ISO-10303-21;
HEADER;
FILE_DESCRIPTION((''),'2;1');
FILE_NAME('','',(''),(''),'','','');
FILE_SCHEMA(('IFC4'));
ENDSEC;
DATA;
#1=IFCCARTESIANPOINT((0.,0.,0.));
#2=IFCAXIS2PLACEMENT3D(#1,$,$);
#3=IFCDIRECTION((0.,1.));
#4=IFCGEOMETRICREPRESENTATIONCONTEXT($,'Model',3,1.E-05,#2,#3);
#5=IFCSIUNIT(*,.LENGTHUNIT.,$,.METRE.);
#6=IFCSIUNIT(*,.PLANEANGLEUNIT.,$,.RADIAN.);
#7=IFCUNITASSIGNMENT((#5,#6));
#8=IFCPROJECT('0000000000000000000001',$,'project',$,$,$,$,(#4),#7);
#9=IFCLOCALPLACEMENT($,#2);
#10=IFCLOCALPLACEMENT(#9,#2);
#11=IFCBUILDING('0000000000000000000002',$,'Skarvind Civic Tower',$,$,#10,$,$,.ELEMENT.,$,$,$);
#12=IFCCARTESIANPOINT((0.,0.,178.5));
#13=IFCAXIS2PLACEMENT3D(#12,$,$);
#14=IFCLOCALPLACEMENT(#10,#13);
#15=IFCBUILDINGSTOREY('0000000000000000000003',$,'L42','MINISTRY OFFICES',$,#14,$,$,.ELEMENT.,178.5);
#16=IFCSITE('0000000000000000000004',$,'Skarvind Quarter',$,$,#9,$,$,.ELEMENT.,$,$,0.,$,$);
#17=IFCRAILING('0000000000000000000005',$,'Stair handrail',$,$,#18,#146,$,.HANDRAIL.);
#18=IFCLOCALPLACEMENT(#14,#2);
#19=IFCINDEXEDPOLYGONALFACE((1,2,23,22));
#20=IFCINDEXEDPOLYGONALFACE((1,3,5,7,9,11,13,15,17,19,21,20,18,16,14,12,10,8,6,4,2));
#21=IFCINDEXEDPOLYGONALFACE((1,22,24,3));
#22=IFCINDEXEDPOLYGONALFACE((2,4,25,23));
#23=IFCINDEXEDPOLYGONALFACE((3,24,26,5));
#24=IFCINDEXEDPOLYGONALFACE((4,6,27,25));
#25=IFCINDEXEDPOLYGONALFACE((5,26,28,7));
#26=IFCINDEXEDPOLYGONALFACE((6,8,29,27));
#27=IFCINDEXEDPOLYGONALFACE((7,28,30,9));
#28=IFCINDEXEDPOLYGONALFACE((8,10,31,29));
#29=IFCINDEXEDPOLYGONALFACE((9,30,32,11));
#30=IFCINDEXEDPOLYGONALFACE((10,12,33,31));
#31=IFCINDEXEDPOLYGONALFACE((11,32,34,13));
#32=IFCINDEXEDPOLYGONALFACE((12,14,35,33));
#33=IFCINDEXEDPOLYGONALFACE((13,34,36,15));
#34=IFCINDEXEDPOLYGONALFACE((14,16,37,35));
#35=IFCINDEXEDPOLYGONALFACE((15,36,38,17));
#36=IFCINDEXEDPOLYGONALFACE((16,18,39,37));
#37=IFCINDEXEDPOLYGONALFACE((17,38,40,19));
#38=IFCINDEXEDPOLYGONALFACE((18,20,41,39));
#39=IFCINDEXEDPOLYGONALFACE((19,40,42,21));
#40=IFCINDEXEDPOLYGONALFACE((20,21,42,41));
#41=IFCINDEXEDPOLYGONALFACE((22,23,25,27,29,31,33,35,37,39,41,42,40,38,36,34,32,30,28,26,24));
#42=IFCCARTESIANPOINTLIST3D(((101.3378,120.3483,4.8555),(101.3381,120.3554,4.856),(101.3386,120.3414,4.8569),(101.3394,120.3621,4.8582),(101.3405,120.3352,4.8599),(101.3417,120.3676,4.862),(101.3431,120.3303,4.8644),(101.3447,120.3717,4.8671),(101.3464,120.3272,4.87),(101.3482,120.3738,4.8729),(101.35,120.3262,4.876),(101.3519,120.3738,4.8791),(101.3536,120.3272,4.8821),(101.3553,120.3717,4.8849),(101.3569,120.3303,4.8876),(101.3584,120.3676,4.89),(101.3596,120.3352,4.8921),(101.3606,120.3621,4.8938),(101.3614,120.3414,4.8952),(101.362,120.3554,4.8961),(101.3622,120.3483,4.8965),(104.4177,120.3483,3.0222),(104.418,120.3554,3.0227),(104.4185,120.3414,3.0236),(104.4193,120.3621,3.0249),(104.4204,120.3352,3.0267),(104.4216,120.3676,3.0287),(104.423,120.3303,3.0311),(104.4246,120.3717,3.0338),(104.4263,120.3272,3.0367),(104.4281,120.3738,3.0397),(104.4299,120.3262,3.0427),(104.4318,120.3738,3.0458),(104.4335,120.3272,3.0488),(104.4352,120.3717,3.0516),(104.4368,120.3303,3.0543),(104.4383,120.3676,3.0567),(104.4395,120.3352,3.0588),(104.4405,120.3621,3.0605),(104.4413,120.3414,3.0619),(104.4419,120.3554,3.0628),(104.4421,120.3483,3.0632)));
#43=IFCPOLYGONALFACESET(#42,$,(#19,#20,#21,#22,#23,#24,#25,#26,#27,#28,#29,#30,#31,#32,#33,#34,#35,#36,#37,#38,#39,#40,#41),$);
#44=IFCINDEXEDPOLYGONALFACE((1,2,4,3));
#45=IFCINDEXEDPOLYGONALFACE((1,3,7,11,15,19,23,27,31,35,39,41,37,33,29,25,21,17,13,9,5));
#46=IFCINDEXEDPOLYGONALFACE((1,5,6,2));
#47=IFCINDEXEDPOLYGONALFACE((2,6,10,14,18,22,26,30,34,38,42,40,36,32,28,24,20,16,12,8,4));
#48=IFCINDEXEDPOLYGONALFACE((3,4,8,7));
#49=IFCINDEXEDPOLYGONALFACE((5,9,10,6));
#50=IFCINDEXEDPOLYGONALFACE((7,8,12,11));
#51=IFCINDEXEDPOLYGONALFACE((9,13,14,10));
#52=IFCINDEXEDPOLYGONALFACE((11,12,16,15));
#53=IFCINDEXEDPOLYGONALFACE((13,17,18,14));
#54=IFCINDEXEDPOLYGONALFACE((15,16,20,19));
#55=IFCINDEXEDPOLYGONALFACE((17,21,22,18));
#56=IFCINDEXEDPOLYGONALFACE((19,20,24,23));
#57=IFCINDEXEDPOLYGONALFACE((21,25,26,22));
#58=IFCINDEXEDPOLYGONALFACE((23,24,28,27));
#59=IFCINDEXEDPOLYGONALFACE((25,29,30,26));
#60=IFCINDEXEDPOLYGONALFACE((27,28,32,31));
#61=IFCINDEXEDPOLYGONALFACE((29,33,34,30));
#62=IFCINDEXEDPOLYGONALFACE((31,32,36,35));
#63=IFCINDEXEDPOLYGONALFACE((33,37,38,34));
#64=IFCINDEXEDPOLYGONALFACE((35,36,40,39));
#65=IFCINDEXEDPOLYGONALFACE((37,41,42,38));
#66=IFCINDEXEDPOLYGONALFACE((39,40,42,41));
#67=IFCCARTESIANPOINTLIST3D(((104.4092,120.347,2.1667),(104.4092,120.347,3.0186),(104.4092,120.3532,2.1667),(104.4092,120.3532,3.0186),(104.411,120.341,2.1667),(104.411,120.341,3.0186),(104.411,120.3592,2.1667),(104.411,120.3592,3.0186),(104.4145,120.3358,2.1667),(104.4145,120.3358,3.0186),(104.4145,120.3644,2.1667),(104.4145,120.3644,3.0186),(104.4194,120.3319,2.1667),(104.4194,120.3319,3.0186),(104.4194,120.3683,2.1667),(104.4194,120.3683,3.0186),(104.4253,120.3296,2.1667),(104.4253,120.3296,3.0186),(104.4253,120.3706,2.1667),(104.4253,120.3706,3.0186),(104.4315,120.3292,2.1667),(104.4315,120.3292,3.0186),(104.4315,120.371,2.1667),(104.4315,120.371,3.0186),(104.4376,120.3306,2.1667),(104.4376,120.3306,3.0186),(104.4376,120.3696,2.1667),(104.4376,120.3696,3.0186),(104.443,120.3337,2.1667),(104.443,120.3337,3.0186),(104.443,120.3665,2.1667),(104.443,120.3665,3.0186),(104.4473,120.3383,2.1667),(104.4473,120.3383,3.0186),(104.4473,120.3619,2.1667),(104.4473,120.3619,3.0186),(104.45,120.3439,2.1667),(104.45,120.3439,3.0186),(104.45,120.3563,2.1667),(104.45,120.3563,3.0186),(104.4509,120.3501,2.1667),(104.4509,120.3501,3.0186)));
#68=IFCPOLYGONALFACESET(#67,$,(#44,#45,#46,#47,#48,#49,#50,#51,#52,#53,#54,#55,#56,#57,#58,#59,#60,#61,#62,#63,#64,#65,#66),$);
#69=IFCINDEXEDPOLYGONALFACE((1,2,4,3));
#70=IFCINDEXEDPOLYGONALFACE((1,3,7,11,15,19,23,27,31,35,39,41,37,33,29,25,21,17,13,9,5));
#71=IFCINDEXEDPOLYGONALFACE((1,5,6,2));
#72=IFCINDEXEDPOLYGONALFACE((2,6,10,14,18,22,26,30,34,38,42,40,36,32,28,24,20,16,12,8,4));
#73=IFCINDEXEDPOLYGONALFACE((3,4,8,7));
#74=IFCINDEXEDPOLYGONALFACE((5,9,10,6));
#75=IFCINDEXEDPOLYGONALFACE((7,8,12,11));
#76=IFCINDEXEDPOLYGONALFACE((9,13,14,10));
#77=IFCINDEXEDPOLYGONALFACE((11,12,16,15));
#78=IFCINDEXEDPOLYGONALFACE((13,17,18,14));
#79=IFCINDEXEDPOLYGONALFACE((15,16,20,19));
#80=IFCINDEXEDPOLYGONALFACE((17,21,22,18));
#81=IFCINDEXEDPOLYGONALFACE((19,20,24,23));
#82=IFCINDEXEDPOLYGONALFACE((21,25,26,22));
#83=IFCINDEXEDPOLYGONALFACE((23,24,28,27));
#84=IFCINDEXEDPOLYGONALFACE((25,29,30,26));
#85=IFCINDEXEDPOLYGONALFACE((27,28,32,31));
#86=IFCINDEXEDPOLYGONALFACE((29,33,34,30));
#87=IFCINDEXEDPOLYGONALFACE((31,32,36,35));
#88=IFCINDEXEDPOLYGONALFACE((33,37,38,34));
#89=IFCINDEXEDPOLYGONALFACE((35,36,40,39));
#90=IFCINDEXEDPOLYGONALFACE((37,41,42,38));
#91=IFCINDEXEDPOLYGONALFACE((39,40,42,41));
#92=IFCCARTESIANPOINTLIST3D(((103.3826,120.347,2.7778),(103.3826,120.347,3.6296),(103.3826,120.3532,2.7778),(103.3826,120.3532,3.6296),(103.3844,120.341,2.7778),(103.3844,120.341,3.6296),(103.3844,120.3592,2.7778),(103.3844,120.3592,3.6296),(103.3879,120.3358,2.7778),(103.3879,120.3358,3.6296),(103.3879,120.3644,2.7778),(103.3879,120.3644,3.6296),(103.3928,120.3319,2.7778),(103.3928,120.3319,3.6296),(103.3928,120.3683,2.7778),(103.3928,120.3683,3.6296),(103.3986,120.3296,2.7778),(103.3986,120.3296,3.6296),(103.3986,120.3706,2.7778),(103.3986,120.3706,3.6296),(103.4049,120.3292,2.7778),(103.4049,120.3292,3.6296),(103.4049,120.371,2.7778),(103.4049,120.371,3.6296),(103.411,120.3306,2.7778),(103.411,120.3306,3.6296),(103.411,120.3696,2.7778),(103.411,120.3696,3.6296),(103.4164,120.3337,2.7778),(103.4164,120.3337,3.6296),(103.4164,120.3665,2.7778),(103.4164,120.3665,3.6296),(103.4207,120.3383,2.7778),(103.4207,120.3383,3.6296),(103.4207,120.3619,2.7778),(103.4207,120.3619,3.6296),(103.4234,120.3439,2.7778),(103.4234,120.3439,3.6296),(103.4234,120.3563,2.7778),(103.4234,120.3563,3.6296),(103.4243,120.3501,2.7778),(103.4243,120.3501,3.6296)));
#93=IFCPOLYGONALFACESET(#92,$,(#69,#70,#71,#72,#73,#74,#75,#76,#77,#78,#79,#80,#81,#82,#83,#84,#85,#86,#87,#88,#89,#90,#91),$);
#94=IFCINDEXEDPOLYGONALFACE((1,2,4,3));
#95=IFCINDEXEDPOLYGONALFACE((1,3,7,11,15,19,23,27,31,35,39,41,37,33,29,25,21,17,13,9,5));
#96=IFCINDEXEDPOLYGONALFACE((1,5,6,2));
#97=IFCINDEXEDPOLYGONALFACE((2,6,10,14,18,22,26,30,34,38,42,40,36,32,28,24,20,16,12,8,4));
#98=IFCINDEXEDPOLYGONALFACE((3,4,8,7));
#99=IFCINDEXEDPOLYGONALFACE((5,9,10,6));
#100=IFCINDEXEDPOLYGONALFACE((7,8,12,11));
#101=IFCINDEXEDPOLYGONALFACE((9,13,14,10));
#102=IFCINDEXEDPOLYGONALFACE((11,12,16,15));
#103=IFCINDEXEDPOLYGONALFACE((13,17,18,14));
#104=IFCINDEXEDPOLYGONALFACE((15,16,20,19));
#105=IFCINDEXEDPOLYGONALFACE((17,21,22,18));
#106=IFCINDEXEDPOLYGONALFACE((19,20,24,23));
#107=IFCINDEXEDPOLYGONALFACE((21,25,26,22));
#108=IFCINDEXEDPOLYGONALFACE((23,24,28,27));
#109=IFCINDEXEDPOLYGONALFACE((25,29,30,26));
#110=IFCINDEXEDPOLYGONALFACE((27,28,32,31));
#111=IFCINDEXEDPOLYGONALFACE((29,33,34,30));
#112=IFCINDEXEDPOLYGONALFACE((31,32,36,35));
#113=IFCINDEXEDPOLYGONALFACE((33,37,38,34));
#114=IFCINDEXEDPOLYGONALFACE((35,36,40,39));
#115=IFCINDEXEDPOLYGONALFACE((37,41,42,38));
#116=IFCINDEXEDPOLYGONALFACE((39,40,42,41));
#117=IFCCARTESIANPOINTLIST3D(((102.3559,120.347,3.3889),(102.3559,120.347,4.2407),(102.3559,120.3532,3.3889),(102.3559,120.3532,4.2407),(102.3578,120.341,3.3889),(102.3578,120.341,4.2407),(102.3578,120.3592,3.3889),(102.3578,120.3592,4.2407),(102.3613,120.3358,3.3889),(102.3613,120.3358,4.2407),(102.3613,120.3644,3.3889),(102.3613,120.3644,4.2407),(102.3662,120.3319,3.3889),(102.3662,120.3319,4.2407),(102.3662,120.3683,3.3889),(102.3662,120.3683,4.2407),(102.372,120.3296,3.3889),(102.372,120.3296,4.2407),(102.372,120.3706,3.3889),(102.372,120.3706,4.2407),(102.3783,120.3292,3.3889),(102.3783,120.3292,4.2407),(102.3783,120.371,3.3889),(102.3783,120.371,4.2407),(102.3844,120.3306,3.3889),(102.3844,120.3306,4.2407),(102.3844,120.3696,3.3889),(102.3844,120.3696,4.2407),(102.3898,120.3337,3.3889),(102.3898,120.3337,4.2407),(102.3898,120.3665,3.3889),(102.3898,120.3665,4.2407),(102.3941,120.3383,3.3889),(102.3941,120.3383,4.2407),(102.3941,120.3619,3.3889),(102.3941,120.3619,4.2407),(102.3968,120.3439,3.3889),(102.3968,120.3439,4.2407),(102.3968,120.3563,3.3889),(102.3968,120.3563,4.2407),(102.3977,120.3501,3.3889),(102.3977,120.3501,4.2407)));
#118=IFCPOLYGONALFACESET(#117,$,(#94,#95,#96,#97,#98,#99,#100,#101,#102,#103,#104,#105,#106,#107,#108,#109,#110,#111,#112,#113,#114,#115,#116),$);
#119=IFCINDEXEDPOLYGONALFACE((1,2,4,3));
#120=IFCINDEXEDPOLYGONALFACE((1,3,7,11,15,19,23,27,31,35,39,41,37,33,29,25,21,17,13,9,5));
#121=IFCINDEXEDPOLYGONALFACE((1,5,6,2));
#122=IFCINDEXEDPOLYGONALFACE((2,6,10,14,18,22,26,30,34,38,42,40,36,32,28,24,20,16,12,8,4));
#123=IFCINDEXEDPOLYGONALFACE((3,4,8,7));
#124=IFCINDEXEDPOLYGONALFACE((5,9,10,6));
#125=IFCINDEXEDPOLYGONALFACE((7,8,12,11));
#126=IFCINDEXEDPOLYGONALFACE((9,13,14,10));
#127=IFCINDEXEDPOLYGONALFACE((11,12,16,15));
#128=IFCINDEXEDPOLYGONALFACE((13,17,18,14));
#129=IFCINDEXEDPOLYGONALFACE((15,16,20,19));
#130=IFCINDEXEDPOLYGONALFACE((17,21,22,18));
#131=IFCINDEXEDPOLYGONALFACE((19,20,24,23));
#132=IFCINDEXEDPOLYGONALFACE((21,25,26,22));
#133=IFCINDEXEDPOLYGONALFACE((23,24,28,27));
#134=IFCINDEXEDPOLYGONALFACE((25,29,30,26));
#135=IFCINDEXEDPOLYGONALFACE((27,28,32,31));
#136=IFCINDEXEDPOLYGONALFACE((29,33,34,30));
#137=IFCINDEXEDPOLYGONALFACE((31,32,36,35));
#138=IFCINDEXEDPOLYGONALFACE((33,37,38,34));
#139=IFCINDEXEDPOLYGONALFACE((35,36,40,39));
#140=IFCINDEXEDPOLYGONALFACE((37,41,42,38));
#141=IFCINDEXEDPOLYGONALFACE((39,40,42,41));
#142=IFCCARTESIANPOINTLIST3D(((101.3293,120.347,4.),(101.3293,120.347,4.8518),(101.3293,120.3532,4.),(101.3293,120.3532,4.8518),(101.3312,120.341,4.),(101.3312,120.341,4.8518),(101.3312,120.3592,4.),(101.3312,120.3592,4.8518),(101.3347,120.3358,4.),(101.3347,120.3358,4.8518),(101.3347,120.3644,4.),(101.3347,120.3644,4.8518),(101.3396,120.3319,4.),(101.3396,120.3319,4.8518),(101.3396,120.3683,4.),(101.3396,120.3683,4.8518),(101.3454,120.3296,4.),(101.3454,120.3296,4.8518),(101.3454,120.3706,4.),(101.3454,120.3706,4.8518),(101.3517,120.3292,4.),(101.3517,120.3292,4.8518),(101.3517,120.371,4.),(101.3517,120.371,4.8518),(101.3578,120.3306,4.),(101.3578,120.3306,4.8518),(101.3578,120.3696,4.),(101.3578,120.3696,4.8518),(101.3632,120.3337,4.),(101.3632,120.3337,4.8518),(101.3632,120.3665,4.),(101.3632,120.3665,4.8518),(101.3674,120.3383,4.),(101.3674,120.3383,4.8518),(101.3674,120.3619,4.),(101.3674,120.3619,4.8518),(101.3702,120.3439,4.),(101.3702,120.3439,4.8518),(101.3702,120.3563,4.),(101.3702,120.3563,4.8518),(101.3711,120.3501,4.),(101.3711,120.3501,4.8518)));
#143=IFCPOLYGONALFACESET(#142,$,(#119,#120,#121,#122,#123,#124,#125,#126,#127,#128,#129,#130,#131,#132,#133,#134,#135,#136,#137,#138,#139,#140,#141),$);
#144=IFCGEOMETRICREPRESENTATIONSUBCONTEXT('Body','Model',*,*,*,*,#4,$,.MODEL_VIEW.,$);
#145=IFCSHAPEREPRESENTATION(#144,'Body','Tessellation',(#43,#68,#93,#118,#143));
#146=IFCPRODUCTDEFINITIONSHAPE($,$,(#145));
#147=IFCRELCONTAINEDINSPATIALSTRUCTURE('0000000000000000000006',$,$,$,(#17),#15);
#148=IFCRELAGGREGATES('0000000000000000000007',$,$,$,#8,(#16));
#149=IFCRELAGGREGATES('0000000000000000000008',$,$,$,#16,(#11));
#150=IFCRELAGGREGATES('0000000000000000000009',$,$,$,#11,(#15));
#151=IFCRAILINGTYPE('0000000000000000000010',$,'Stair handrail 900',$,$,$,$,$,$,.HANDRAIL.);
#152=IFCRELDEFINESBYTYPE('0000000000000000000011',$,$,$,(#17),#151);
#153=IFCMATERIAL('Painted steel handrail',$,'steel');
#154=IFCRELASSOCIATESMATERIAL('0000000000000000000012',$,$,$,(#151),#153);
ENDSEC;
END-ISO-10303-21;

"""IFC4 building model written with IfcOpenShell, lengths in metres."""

from ifc_helpers import new_model, si_unit, direction, frame, origin, origin_2d, place, context, subcontext, project, spatial, circle, extrude, material, type_object, element, save


model = new_model("IFC4")

# Units and contexts
model_context = context("Model", 3, precision=1e-05, world=origin(), true_north=direction((0.0, 1.0)))
body_context = subcontext(model_context, "Body", "Model", "MODEL_VIEW")
ifc_project = project(units=[si_unit("LENGTHUNIT", "METRE"), si_unit("PLANEANGLEUNIT", "RADIAN")], contexts=[model_context])

# Site, building, storey
site_placement = place(None, origin())
site = spatial("IfcSite", under=ifc_project, at=site_placement, Name="Skarvind Quarter", CompositionType="ELEMENT", RefElevation=0.0)
building_placement = place(site_placement, origin())
building = spatial("IfcBuilding", under=site, at=building_placement, Name="Skarvind Civic Tower", CompositionType="ELEMENT")
storey_placement = place(building_placement, frame((0.0, 0.0, 178.5)))
storey = spatial("IfcBuildingStorey", under=building, at=storey_placement, Name="L42", Description="MINISTRY OFFICES", CompositionType="ELEMENT", Elevation=178.5)

# Railing
ifc_material_1 = material(Name="Painted steel handrail", Category="steel")
railing_type = type_object("IfcRailingType", Name="Stair handrail 900", PredefinedType="HANDRAIL", material=ifc_material_1)
railing_1_placement = place(storey_placement, frame((104.4299, 120.3501, 2.1667)))
element("IfcRailing", 1, at=railing_1_placement, inside=storey, type_object=railing_type, Name="Stair handrail", PredefinedType="HANDRAIL", context=body_context, shape_type="SweptSolid", body=[
    extrude(circle(Radius=0.0239, at=origin_2d()), frame((0.0, 0.0, 0.876), z_axis=(-0.859291, 0.0, 0.511487), x_axis=(0.0, -1.0, 0.0)), (0.0, 0.0, 1.0), 3.5842),
    extrude(circle(Radius=0.021, at=origin_2d()), origin(), (0.0, 0.0, 1.0), 0.8518),
    extrude(circle(Radius=0.021, at=origin_2d()), frame((-1.0266, 0.0, 0.6111)), (0.0, 0.0, 1.0), 0.8518),
    extrude(circle(Radius=0.021, at=origin_2d()), frame((-2.0532, 0.0, 1.2222)), (0.0, 0.0, 1.0), 0.8518),
    extrude(circle(Radius=0.021, at=origin_2d()), frame((-3.0798, 0.0, 1.8333)), (0.0, 0.0, 1.0), 0.8518),
])

save(model, "model.ifc")
